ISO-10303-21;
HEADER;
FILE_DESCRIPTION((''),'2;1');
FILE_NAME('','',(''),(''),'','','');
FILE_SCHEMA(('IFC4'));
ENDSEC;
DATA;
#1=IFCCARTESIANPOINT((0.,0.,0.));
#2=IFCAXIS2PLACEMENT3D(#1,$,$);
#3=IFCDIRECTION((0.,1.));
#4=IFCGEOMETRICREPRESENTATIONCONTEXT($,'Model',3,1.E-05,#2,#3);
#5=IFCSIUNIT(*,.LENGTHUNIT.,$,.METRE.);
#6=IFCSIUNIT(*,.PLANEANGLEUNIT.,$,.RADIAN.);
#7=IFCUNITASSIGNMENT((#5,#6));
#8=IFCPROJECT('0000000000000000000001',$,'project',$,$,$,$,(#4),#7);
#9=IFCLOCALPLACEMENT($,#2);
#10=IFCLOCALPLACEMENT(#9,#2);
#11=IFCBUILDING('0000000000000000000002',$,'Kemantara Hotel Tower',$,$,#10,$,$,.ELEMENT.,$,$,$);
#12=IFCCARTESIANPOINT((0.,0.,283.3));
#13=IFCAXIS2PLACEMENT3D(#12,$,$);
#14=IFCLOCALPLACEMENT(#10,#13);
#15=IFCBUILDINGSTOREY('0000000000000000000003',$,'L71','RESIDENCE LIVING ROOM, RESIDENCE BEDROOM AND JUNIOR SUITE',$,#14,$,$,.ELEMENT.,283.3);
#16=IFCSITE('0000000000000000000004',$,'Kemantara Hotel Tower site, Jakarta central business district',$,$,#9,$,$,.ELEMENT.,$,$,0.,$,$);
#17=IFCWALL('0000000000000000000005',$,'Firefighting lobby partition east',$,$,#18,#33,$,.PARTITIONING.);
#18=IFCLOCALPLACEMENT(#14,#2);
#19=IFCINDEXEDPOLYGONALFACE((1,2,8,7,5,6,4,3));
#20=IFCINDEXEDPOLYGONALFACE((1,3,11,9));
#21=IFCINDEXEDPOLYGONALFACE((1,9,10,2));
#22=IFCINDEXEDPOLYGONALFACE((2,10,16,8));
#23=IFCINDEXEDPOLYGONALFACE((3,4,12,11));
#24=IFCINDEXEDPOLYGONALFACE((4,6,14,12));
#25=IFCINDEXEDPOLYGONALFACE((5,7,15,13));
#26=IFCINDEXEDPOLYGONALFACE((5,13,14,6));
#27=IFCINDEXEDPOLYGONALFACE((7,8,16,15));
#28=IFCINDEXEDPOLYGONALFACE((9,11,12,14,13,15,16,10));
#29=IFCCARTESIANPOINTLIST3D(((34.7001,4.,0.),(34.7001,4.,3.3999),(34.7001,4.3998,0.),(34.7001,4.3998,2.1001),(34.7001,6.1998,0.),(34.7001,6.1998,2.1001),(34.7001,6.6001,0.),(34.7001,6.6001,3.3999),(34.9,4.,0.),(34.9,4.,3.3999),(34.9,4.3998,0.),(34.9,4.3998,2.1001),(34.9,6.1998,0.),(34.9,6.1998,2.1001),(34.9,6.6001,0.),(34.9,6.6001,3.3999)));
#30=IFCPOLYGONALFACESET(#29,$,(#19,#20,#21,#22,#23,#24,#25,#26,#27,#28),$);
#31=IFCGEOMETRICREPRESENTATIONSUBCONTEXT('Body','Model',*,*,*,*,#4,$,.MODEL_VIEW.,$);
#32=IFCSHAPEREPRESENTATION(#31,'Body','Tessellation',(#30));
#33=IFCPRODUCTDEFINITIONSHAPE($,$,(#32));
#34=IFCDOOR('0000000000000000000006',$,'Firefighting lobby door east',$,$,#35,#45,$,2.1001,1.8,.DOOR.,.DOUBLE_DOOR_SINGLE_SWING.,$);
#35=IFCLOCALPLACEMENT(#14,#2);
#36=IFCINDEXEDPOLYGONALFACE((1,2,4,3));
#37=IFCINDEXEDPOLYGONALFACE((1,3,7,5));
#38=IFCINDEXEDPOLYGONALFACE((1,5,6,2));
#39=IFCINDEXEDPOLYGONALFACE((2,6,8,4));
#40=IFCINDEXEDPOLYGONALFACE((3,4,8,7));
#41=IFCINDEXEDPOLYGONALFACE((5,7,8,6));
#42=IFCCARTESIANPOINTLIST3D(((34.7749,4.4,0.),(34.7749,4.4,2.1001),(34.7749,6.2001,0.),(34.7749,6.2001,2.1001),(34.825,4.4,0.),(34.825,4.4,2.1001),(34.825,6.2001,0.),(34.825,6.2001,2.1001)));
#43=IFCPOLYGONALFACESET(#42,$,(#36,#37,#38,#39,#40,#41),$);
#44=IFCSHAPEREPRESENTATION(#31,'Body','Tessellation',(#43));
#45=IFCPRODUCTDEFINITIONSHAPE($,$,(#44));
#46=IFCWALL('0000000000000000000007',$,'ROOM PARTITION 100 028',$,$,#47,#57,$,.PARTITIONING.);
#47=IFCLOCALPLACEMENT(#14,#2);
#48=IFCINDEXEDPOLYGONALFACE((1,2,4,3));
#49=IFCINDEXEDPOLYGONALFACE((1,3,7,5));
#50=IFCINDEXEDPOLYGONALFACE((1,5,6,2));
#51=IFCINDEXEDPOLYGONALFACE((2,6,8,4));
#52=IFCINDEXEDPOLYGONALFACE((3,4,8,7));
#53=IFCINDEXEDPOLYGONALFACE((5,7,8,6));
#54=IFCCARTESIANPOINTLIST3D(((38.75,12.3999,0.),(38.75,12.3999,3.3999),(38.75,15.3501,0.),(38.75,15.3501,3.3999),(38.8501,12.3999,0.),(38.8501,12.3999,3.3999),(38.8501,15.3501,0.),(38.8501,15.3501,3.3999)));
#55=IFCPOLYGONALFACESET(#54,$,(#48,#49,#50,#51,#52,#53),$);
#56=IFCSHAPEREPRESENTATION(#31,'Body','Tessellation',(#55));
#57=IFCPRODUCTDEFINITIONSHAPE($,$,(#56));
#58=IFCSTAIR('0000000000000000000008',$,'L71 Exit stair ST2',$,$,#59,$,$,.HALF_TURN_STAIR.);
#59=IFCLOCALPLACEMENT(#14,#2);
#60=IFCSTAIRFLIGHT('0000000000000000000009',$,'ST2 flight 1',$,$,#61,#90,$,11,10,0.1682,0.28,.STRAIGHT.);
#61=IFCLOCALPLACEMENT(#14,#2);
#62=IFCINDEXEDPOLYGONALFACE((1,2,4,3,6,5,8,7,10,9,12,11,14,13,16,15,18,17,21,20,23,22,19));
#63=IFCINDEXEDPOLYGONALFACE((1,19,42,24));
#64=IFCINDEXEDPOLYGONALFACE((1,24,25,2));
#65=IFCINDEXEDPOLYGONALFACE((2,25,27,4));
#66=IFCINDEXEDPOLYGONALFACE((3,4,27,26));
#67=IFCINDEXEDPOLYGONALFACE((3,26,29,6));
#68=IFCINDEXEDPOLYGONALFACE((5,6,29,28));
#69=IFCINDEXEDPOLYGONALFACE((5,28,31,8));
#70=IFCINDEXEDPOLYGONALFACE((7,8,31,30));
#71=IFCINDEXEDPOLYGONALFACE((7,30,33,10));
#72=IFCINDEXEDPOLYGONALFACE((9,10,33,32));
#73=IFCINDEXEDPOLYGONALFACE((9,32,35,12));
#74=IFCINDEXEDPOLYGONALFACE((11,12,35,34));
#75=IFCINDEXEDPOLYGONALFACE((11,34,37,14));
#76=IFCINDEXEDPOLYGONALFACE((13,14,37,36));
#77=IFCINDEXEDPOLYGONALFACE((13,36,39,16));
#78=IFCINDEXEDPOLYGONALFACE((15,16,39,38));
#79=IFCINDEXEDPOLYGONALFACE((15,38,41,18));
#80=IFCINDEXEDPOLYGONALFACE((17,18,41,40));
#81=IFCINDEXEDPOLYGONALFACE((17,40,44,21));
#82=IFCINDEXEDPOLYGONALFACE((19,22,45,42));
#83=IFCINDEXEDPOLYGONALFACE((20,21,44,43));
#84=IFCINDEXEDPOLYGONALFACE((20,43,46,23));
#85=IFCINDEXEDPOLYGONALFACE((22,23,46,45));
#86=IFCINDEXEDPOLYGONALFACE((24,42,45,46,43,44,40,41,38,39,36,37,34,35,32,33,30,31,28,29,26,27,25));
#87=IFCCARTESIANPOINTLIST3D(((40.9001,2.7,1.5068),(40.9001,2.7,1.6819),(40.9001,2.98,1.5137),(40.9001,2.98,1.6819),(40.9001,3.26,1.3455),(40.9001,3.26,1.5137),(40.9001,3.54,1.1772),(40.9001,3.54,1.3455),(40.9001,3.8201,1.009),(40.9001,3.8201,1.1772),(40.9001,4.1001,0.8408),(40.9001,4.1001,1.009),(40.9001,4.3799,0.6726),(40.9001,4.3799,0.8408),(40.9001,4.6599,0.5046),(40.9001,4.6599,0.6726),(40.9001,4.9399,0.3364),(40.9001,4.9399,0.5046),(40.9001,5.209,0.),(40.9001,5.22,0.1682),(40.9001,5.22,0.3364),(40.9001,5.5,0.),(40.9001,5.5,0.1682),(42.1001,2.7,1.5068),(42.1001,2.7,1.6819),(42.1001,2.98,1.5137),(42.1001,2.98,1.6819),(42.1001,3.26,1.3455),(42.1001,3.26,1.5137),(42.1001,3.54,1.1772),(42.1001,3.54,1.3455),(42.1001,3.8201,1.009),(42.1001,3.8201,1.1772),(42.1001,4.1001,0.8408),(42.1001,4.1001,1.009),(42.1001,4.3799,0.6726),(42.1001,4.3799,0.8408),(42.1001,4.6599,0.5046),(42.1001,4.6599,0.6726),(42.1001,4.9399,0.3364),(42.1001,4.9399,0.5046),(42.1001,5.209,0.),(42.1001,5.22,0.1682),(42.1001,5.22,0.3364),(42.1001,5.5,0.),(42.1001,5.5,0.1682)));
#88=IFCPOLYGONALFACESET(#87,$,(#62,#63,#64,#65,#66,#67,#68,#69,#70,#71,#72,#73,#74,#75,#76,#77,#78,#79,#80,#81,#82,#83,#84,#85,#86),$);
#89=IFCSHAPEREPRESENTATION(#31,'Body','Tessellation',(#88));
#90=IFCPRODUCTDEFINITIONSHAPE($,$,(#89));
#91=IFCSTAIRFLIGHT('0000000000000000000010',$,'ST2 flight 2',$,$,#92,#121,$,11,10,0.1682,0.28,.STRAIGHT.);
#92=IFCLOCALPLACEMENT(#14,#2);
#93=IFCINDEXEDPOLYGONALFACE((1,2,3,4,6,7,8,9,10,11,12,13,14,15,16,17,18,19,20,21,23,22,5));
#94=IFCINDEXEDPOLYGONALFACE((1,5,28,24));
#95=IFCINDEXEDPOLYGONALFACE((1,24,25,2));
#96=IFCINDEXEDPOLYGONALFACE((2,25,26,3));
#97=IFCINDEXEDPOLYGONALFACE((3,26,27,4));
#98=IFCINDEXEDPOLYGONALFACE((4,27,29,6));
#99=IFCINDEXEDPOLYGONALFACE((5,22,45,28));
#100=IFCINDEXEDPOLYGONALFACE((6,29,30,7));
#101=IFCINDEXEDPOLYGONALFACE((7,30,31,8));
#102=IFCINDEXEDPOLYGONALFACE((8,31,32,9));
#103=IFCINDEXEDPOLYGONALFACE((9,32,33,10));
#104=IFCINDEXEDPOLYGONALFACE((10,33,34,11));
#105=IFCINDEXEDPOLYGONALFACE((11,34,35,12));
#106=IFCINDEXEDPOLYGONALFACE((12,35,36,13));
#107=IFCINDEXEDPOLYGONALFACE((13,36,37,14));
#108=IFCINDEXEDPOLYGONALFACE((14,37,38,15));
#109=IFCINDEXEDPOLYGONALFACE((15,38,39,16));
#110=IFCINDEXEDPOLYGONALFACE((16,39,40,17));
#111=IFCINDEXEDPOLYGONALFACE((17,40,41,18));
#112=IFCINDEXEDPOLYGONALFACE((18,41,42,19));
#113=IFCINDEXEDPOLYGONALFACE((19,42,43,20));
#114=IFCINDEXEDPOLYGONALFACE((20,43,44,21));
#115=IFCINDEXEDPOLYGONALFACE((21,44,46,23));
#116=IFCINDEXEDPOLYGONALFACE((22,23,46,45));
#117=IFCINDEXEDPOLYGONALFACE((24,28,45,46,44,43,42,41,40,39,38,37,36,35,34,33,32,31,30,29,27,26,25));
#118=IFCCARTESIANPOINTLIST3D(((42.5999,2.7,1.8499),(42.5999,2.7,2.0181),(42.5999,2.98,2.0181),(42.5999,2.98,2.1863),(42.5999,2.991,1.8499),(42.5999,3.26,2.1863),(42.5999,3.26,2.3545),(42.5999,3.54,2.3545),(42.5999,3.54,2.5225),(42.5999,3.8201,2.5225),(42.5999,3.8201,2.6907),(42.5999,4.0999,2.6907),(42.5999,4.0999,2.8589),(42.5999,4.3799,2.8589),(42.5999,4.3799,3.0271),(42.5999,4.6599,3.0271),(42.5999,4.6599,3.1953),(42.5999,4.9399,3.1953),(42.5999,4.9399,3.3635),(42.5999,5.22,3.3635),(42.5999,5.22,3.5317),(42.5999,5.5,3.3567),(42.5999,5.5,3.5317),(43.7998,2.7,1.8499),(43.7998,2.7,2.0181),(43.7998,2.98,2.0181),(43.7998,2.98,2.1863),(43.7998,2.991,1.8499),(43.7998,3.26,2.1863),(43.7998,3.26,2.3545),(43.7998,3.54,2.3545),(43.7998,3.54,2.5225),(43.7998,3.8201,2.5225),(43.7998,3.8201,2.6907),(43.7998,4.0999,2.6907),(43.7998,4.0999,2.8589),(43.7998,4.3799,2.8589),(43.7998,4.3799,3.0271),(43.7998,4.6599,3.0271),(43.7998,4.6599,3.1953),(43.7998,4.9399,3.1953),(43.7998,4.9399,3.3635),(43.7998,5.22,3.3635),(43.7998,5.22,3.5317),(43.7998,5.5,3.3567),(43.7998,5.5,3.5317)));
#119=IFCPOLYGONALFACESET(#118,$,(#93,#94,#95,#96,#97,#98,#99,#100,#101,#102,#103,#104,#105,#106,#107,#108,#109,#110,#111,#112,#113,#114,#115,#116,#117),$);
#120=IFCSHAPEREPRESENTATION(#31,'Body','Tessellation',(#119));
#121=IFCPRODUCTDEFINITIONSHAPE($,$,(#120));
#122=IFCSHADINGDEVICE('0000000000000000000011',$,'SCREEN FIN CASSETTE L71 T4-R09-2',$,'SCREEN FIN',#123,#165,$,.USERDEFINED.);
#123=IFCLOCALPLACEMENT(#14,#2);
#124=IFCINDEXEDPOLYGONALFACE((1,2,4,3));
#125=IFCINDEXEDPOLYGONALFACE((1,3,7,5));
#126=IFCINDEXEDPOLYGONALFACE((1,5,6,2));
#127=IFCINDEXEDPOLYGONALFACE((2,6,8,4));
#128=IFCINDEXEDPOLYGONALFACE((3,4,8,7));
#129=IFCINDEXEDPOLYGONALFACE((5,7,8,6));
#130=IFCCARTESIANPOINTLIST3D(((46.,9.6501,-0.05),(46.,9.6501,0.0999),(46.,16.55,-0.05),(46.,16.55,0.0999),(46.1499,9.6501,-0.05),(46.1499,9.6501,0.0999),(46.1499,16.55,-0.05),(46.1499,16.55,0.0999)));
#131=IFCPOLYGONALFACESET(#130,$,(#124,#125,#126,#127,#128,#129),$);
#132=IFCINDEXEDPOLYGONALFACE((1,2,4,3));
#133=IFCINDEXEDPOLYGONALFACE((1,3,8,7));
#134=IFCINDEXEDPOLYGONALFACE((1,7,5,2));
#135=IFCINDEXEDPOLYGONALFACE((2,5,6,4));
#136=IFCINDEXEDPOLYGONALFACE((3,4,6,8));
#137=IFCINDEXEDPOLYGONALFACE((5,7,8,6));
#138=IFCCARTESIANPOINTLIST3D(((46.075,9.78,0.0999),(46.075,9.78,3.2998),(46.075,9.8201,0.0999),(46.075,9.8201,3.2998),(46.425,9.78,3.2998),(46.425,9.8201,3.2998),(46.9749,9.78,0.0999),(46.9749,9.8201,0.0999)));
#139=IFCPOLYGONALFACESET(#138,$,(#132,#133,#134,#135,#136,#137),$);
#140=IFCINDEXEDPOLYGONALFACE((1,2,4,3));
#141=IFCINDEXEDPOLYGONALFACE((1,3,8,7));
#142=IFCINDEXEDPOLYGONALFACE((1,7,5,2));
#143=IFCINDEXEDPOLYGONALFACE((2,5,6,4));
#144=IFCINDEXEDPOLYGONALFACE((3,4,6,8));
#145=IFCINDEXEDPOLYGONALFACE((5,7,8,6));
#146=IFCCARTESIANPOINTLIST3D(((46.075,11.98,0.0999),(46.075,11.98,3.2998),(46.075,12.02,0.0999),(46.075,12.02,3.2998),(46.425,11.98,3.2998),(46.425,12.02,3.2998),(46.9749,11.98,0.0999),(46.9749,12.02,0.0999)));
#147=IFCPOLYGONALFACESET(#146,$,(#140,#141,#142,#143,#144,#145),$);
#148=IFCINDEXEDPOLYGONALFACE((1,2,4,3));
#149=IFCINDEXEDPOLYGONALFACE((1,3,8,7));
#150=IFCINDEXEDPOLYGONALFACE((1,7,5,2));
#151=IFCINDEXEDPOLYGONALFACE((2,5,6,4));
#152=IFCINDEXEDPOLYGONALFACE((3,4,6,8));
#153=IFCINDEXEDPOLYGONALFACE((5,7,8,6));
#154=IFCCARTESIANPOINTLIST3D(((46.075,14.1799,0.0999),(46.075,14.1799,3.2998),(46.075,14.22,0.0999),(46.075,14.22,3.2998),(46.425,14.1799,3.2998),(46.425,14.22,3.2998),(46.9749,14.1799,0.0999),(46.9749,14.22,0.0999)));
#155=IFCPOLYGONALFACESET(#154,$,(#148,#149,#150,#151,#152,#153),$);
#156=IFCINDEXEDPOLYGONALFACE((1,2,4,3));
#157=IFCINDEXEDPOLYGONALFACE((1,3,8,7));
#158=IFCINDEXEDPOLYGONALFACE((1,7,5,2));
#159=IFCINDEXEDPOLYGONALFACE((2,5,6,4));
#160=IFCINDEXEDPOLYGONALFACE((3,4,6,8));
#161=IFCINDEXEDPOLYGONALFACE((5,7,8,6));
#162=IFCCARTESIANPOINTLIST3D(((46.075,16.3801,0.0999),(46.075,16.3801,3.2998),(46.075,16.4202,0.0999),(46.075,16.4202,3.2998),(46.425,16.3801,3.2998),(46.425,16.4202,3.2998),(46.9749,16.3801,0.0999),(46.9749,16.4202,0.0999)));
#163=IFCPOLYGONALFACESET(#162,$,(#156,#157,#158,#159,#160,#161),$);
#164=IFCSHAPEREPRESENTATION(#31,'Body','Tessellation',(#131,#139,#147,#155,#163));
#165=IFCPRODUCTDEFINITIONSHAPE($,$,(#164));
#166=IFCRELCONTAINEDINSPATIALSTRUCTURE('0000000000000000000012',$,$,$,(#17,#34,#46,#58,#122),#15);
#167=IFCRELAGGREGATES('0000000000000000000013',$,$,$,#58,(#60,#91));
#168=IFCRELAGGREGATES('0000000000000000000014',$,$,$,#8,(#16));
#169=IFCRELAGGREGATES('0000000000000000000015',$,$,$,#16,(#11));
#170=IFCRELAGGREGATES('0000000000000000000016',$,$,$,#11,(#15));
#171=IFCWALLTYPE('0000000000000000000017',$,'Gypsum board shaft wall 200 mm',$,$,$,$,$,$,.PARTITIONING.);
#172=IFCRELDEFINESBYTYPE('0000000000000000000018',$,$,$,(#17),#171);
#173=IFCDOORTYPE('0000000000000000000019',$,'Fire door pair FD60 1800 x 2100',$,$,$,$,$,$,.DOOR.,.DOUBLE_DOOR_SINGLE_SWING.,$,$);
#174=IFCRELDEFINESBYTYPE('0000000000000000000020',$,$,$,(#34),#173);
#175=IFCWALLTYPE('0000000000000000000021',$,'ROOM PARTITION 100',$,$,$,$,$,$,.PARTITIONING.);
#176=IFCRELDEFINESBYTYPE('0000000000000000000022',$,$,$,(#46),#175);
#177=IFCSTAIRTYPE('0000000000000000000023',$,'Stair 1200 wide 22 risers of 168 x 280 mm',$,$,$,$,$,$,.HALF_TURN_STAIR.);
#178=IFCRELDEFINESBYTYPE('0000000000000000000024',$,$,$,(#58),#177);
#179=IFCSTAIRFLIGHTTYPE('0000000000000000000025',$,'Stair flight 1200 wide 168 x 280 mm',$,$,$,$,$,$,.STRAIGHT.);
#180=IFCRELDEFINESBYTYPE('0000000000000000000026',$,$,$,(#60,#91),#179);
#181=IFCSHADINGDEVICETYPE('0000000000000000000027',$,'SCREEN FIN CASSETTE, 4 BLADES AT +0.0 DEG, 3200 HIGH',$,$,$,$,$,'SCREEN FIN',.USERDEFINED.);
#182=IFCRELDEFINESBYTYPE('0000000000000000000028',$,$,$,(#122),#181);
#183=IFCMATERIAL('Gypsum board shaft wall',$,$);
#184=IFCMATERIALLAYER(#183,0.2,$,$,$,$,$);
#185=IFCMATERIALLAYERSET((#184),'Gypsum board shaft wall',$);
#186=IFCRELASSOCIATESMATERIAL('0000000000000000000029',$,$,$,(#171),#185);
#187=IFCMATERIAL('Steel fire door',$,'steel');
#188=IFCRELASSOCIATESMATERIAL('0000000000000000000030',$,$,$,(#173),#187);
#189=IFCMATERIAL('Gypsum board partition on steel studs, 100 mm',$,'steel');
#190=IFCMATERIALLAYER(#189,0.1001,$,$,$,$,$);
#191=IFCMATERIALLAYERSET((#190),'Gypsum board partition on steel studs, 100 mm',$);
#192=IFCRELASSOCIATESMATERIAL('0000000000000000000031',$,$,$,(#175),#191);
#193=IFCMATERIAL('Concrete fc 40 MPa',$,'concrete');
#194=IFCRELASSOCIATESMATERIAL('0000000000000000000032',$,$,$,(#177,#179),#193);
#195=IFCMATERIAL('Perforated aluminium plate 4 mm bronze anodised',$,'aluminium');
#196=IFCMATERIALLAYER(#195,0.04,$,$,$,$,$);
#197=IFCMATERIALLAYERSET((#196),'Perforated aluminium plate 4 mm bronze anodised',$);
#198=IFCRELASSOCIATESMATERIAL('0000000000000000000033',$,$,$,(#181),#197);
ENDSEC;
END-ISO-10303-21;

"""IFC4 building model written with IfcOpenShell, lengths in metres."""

from ifc_helpers import new_model, si_unit, direction, frame, frame_2d, origin, origin_2d, place, context, subcontext, project, spatial, polyline, rectangle, outline, extrude, source, transform, mapped, material, layer, layer_set, type_object, element, fill, aggregate, save


model = new_model("IFC4")

# Units and contexts
model_context = context("Model", 3, precision=1e-05, world=origin(), true_north=direction((0.0, 1.0)))
body_context = subcontext(model_context, "Body", "Model", "MODEL_VIEW")
ifc_project = project(units=[si_unit("LENGTHUNIT", "METRE"), si_unit("PLANEANGLEUNIT", "RADIAN")], contexts=[model_context])

# Site, building, storey
site_placement = place(None, origin())
site = spatial("IfcSite", under=ifc_project, at=site_placement, Name="Kemantara Hotel Tower site, Jakarta central business district", CompositionType="ELEMENT", RefElevation=0.0)
building_placement = place(site_placement, origin())
building = spatial("IfcBuilding", under=site, at=building_placement, Name="Kemantara Hotel Tower", CompositionType="ELEMENT")
storey_placement = place(building_placement, frame((0.0, 0.0, 283.3)))
storey = spatial("IfcBuildingStorey", under=building, at=storey_placement, Name="L71", Description="RESIDENCE LIVING ROOM, RESIDENCE BEDROOM AND JUNIOR SUITE", CompositionType="ELEMENT", Elevation=283.3)

# Shared definitions
ifc_material_1 = material(Name="Steel fire door", Category="steel")

# Wall, opening, door
ifc_material_2 = material(Name="Gypsum board shaft wall")
ifc_layer_1 = layer(ifc_material_2, 0.2)
ifc_layer_set_1 = layer_set([ifc_layer_1], Name="Gypsum board shaft wall")
wall_type_1 = type_object("IfcWallType", Name="Gypsum board shaft wall 200 mm", PredefinedType="PARTITIONING", material=ifc_layer_set_1)
wall_1_placement = place(storey_placement, frame((34.8, 4.0, 0.0), z_axis=(0.0, 0.0, 1.0), x_axis=(0.0, 1.0, 0.0)))
wall_1 = element("IfcWall", 1, at=wall_1_placement, inside=storey, type_object=wall_type_1, Name="Firefighting lobby partition east", PredefinedType="PARTITIONING", context=body_context, shape_type="SweptSolid", body=[
    extrude(rectangle(XDim=2.6001, YDim=0.2, at=frame_2d((1.3, 0.0))), origin(), (0.0, 0.0, 1.0), 3.3999),
])
opening_1_placement = place(wall_1_placement, frame((0.3999, 0.0, 0.0)))
opening_1 = element("IfcOpeningElement", 2, at=opening_1_placement, cuts=wall_1, PredefinedType="OPENING", context=body_context, shape_type="SweptSolid", body=[
    extrude(rectangle(XDim=1.8, YDim=2.1001, at=frame_2d((0.8999, 1.05))), frame((0.0, 0.1099, 0.0), z_axis=(0.0, -1.0, 0.0), x_axis=(1.0, 0.0, 0.0)), (0.0, 0.0, 1.0), 0.22),
])
door_type_1 = type_object("IfcDoorType", Name="Fire door pair FD60 1800 x 2100", OperationType="DOUBLE_DOOR_SINGLE_SWING", PredefinedType="DOOR", material=ifc_material_1)
door_1_placement = place(opening_1_placement, frame((1.8, 0.0, 0.0), z_axis=(0.0, 0.0, 1.0), x_axis=(-1.0, 0.0, 0.0)))
door_1 = element("IfcDoor", 3, at=door_1_placement, inside=storey, type_object=door_type_1, Name="Firefighting lobby door east", OperationType="DOUBLE_DOOR_SINGLE_SWING", OverallHeight=2.1001, OverallWidth=1.8, PredefinedType="DOOR", context=body_context, shape_type="SweptSolid", body=[
    extrude(rectangle(XDim=1.8, YDim=2.1001, at=frame_2d((0.8999, 1.05))), frame((0.0, 0.0249, 0.0), z_axis=(0.0, -1.0, 0.0), x_axis=(1.0, 0.0, 0.0)), (0.0, 0.0, 1.0), 0.05),
])
fill(opening_1, door_1)

# Wall
ifc_material_3 = material(Name="Gypsum board partition on steel studs, 100 mm", Category="steel")
ifc_layer_2 = layer(ifc_material_3, 0.1001)
ifc_layer_set_2 = layer_set([ifc_layer_2], Name="Gypsum board partition on steel studs, 100 mm")
wall_type_2 = type_object("IfcWallType", Name="ROOM PARTITION 100", PredefinedType="PARTITIONING", material=ifc_layer_set_2)
wall_2_placement = place(storey_placement, frame((38.8, 12.3999, 0.0), z_axis=(0.0, 0.0, 1.0), x_axis=(0.0, 1.0, 0.0)))
element("IfcWall", 4, at=wall_2_placement, inside=storey, type_object=wall_type_2, Name="ROOM PARTITION 100 028", PredefinedType="PARTITIONING", context=body_context, shape_type="SweptSolid", body=[
    extrude(rectangle(XDim=2.9502, YDim=0.1001, at=frame_2d((1.4751, 0.0))), origin(), (0.0, 0.0, 1.0), 3.3999),
])

# Stair, stair flights
ifc_material_4 = material(Name="Concrete fc 40 MPa", Category="concrete")
stair_type = type_object("IfcStairType", Name="Stair 1200 wide 22 risers of 168 x 280 mm", PredefinedType="HALF_TURN_STAIR", material=ifc_material_4)
stair_placement = place(storey_placement, origin())
stair = element("IfcStair", 5, at=stair_placement, inside=storey, type_object=stair_type, Name="L71 Exit stair ST2", PredefinedType="HALF_TURN_STAIR")
stair_flight_type = type_object("IfcStairFlightType", Name="Stair flight 1200 wide 168 x 280 mm", PredefinedType="STRAIGHT", material=ifc_material_4)
stair_flight_1_placement = place(storey_placement, frame((41.5, 5.5, 0.0), z_axis=(0.0, 0.0, 1.0), x_axis=(0.0, -1.0, 0.0)))
stair_flight_1 = element("IfcStairFlight", 6, at=stair_flight_1_placement, type_object=stair_flight_type, Name="ST2 flight 1", NumberOfRisers=11, NumberOfTreads=10, PredefinedType="STRAIGHT", RiserHeight=0.1682, TreadLength=0.28, context=body_context, shape_type="SweptSolid", body=[
    extrude(outline(polyline([(0.0, 0.0), (0.0, 0.1682), (0.28, 0.1682), (0.28, 0.3364), (0.5601, 0.3364), (0.5601, 0.5046), (0.8401, 0.5046), (0.8401, 0.6726), (1.1201, 0.6726), (1.1201, 0.8408), (1.3999, 0.8408), (1.3999, 1.009), (1.6799, 1.009), (1.6799, 1.1772), (1.96, 1.1772), (1.96, 1.3455), (2.24, 1.3455), (2.24, 1.5137), (2.52, 1.5137), (2.52, 1.6819), (2.8, 1.6819), (2.8, 1.8501), (2.8, 1.5068), (0.291, 0.0), (0.0, 0.0)])), frame((0.0, 0.6001, 0.0), z_axis=(0.0, -1.0, 0.0), x_axis=(1.0, 0.0, 0.0)), (0.0, 0.0, 1.0), 1.2),
])
stair_flight_2_placement = place(storey_placement, frame((43.2, 2.7, 1.8499), z_axis=(0.0, 0.0, 1.0), x_axis=(0.0, 1.0, 0.0)))
stair_flight_2 = element("IfcStairFlight", 7, at=stair_flight_2_placement, type_object=stair_flight_type, Name="ST2 flight 2", NumberOfRisers=11, NumberOfTreads=10, PredefinedType="STRAIGHT", RiserHeight=0.1682, TreadLength=0.28, context=body_context, shape_type="SweptSolid", body=[
    extrude(outline(polyline([(0.0, 0.0), (0.0, 0.1682), (0.28, 0.1682), (0.28, 0.3364), (0.5601, 0.3364), (0.5601, 0.5046), (0.8401, 0.5046), (0.8401, 0.6726), (1.1201, 0.6726), (1.1201, 0.8408), (1.3999, 0.8408), (1.3999, 1.009), (1.6799, 1.009), (1.6799, 1.1772), (1.96, 1.1772), (1.96, 1.3455), (2.24, 1.3455), (2.24, 1.5137), (2.52, 1.5137), (2.52, 1.6819), (2.8, 1.6819), (2.8, 1.8501), (2.8, 1.5068), (0.291, 0.0), (0.0, 0.0)])), frame((0.0, 0.6001, 0.0), z_axis=(0.0, -1.0, 0.0), x_axis=(1.0, 0.0, 0.0)), (0.0, 0.0, 1.0), 1.2),
])
aggregate(stair, [stair_flight_1, stair_flight_2])

# Shading device
ifc_material_5 = material(Name="Perforated aluminium plate 4 mm bronze anodised", Category="aluminium")
ifc_layer_3 = layer(ifc_material_5, 0.04)
ifc_layer_set_3 = layer_set([ifc_layer_3], Name="Perforated aluminium plate 4 mm bronze anodised")
shading_device_type_1 = type_object("IfcShadingDeviceType", Name="SCREEN FIN CASSETTE, 4 BLADES AT +0.0 DEG, 3200 HIGH", ElementType="SCREEN FIN", PredefinedType="USERDEFINED", material=ifc_layer_set_3)
shared_shape_1 = source(origin(), body_context, "Body", "SweptSolid", [
    extrude(rectangle(XDim=6.8999, YDim=0.1499, at=origin_2d()), frame((3.3, -0.075, -0.1499), z_axis=(0.0, 0.0, 1.0), x_axis=(1.0, 0.0, 0.0)), (0.0, 0.0, 1.0), 0.1499),
    extrude(outline(polyline([(0.0, 0.0), (0.8999, 0.0), (0.3501, 3.2), (0.0, 3.2), (0.0, 0.0)])), frame((0.02, -0.075, 0.0), z_axis=(-1.0, 0.0, 0.0), x_axis=(0.0, -1.0, 0.0)), (0.0, 0.0, 1.0), 0.04),
    extrude(outline(polyline([(0.0, 0.0), (0.8999, 0.0), (0.3501, 3.2), (0.0, 3.2), (0.0, 0.0)])), frame((2.22, -0.075, 0.0), z_axis=(-1.0, 0.0, 0.0), x_axis=(0.0, -1.0, 0.0)), (0.0, 0.0, 1.0), 0.04),
    extrude(outline(polyline([(0.0, 0.0), (0.8999, 0.0), (0.3501, 3.2), (0.0, 3.2), (0.0, 0.0)])), frame((4.4199, -0.075, 0.0), z_axis=(-1.0, 0.0, 0.0), x_axis=(0.0, -1.0, 0.0)), (0.0, 0.0, 1.0), 0.04),
    extrude(outline(polyline([(0.0, 0.0), (0.8999, 0.0), (0.3501, 3.2), (0.0, 3.2), (0.0, 0.0)])), frame((6.6201, -0.075, 0.0), z_axis=(-1.0, 0.0, 0.0), x_axis=(0.0, -1.0, 0.0)), (0.0, 0.0, 1.0), 0.04),
])
shading_device_1_placement = place(storey_placement, frame((46.0, 9.8, 0.0999), z_axis=(0.0, 0.0, 1.0), x_axis=(0.0, 1.0, 0.0)))
element("IfcShadingDevice", 8, at=shading_device_1_placement, inside=storey, type_object=shading_device_type_1, Name="SCREEN FIN CASSETTE L71 T4-R09-2", ObjectType="SCREEN FIN", PredefinedType="USERDEFINED", context=body_context, shape_type="MappedRepresentation", body=[
    mapped(shared_shape_1, transform((0.0, 0.0, 0.0))),
])

save(model, "model.ifc")
